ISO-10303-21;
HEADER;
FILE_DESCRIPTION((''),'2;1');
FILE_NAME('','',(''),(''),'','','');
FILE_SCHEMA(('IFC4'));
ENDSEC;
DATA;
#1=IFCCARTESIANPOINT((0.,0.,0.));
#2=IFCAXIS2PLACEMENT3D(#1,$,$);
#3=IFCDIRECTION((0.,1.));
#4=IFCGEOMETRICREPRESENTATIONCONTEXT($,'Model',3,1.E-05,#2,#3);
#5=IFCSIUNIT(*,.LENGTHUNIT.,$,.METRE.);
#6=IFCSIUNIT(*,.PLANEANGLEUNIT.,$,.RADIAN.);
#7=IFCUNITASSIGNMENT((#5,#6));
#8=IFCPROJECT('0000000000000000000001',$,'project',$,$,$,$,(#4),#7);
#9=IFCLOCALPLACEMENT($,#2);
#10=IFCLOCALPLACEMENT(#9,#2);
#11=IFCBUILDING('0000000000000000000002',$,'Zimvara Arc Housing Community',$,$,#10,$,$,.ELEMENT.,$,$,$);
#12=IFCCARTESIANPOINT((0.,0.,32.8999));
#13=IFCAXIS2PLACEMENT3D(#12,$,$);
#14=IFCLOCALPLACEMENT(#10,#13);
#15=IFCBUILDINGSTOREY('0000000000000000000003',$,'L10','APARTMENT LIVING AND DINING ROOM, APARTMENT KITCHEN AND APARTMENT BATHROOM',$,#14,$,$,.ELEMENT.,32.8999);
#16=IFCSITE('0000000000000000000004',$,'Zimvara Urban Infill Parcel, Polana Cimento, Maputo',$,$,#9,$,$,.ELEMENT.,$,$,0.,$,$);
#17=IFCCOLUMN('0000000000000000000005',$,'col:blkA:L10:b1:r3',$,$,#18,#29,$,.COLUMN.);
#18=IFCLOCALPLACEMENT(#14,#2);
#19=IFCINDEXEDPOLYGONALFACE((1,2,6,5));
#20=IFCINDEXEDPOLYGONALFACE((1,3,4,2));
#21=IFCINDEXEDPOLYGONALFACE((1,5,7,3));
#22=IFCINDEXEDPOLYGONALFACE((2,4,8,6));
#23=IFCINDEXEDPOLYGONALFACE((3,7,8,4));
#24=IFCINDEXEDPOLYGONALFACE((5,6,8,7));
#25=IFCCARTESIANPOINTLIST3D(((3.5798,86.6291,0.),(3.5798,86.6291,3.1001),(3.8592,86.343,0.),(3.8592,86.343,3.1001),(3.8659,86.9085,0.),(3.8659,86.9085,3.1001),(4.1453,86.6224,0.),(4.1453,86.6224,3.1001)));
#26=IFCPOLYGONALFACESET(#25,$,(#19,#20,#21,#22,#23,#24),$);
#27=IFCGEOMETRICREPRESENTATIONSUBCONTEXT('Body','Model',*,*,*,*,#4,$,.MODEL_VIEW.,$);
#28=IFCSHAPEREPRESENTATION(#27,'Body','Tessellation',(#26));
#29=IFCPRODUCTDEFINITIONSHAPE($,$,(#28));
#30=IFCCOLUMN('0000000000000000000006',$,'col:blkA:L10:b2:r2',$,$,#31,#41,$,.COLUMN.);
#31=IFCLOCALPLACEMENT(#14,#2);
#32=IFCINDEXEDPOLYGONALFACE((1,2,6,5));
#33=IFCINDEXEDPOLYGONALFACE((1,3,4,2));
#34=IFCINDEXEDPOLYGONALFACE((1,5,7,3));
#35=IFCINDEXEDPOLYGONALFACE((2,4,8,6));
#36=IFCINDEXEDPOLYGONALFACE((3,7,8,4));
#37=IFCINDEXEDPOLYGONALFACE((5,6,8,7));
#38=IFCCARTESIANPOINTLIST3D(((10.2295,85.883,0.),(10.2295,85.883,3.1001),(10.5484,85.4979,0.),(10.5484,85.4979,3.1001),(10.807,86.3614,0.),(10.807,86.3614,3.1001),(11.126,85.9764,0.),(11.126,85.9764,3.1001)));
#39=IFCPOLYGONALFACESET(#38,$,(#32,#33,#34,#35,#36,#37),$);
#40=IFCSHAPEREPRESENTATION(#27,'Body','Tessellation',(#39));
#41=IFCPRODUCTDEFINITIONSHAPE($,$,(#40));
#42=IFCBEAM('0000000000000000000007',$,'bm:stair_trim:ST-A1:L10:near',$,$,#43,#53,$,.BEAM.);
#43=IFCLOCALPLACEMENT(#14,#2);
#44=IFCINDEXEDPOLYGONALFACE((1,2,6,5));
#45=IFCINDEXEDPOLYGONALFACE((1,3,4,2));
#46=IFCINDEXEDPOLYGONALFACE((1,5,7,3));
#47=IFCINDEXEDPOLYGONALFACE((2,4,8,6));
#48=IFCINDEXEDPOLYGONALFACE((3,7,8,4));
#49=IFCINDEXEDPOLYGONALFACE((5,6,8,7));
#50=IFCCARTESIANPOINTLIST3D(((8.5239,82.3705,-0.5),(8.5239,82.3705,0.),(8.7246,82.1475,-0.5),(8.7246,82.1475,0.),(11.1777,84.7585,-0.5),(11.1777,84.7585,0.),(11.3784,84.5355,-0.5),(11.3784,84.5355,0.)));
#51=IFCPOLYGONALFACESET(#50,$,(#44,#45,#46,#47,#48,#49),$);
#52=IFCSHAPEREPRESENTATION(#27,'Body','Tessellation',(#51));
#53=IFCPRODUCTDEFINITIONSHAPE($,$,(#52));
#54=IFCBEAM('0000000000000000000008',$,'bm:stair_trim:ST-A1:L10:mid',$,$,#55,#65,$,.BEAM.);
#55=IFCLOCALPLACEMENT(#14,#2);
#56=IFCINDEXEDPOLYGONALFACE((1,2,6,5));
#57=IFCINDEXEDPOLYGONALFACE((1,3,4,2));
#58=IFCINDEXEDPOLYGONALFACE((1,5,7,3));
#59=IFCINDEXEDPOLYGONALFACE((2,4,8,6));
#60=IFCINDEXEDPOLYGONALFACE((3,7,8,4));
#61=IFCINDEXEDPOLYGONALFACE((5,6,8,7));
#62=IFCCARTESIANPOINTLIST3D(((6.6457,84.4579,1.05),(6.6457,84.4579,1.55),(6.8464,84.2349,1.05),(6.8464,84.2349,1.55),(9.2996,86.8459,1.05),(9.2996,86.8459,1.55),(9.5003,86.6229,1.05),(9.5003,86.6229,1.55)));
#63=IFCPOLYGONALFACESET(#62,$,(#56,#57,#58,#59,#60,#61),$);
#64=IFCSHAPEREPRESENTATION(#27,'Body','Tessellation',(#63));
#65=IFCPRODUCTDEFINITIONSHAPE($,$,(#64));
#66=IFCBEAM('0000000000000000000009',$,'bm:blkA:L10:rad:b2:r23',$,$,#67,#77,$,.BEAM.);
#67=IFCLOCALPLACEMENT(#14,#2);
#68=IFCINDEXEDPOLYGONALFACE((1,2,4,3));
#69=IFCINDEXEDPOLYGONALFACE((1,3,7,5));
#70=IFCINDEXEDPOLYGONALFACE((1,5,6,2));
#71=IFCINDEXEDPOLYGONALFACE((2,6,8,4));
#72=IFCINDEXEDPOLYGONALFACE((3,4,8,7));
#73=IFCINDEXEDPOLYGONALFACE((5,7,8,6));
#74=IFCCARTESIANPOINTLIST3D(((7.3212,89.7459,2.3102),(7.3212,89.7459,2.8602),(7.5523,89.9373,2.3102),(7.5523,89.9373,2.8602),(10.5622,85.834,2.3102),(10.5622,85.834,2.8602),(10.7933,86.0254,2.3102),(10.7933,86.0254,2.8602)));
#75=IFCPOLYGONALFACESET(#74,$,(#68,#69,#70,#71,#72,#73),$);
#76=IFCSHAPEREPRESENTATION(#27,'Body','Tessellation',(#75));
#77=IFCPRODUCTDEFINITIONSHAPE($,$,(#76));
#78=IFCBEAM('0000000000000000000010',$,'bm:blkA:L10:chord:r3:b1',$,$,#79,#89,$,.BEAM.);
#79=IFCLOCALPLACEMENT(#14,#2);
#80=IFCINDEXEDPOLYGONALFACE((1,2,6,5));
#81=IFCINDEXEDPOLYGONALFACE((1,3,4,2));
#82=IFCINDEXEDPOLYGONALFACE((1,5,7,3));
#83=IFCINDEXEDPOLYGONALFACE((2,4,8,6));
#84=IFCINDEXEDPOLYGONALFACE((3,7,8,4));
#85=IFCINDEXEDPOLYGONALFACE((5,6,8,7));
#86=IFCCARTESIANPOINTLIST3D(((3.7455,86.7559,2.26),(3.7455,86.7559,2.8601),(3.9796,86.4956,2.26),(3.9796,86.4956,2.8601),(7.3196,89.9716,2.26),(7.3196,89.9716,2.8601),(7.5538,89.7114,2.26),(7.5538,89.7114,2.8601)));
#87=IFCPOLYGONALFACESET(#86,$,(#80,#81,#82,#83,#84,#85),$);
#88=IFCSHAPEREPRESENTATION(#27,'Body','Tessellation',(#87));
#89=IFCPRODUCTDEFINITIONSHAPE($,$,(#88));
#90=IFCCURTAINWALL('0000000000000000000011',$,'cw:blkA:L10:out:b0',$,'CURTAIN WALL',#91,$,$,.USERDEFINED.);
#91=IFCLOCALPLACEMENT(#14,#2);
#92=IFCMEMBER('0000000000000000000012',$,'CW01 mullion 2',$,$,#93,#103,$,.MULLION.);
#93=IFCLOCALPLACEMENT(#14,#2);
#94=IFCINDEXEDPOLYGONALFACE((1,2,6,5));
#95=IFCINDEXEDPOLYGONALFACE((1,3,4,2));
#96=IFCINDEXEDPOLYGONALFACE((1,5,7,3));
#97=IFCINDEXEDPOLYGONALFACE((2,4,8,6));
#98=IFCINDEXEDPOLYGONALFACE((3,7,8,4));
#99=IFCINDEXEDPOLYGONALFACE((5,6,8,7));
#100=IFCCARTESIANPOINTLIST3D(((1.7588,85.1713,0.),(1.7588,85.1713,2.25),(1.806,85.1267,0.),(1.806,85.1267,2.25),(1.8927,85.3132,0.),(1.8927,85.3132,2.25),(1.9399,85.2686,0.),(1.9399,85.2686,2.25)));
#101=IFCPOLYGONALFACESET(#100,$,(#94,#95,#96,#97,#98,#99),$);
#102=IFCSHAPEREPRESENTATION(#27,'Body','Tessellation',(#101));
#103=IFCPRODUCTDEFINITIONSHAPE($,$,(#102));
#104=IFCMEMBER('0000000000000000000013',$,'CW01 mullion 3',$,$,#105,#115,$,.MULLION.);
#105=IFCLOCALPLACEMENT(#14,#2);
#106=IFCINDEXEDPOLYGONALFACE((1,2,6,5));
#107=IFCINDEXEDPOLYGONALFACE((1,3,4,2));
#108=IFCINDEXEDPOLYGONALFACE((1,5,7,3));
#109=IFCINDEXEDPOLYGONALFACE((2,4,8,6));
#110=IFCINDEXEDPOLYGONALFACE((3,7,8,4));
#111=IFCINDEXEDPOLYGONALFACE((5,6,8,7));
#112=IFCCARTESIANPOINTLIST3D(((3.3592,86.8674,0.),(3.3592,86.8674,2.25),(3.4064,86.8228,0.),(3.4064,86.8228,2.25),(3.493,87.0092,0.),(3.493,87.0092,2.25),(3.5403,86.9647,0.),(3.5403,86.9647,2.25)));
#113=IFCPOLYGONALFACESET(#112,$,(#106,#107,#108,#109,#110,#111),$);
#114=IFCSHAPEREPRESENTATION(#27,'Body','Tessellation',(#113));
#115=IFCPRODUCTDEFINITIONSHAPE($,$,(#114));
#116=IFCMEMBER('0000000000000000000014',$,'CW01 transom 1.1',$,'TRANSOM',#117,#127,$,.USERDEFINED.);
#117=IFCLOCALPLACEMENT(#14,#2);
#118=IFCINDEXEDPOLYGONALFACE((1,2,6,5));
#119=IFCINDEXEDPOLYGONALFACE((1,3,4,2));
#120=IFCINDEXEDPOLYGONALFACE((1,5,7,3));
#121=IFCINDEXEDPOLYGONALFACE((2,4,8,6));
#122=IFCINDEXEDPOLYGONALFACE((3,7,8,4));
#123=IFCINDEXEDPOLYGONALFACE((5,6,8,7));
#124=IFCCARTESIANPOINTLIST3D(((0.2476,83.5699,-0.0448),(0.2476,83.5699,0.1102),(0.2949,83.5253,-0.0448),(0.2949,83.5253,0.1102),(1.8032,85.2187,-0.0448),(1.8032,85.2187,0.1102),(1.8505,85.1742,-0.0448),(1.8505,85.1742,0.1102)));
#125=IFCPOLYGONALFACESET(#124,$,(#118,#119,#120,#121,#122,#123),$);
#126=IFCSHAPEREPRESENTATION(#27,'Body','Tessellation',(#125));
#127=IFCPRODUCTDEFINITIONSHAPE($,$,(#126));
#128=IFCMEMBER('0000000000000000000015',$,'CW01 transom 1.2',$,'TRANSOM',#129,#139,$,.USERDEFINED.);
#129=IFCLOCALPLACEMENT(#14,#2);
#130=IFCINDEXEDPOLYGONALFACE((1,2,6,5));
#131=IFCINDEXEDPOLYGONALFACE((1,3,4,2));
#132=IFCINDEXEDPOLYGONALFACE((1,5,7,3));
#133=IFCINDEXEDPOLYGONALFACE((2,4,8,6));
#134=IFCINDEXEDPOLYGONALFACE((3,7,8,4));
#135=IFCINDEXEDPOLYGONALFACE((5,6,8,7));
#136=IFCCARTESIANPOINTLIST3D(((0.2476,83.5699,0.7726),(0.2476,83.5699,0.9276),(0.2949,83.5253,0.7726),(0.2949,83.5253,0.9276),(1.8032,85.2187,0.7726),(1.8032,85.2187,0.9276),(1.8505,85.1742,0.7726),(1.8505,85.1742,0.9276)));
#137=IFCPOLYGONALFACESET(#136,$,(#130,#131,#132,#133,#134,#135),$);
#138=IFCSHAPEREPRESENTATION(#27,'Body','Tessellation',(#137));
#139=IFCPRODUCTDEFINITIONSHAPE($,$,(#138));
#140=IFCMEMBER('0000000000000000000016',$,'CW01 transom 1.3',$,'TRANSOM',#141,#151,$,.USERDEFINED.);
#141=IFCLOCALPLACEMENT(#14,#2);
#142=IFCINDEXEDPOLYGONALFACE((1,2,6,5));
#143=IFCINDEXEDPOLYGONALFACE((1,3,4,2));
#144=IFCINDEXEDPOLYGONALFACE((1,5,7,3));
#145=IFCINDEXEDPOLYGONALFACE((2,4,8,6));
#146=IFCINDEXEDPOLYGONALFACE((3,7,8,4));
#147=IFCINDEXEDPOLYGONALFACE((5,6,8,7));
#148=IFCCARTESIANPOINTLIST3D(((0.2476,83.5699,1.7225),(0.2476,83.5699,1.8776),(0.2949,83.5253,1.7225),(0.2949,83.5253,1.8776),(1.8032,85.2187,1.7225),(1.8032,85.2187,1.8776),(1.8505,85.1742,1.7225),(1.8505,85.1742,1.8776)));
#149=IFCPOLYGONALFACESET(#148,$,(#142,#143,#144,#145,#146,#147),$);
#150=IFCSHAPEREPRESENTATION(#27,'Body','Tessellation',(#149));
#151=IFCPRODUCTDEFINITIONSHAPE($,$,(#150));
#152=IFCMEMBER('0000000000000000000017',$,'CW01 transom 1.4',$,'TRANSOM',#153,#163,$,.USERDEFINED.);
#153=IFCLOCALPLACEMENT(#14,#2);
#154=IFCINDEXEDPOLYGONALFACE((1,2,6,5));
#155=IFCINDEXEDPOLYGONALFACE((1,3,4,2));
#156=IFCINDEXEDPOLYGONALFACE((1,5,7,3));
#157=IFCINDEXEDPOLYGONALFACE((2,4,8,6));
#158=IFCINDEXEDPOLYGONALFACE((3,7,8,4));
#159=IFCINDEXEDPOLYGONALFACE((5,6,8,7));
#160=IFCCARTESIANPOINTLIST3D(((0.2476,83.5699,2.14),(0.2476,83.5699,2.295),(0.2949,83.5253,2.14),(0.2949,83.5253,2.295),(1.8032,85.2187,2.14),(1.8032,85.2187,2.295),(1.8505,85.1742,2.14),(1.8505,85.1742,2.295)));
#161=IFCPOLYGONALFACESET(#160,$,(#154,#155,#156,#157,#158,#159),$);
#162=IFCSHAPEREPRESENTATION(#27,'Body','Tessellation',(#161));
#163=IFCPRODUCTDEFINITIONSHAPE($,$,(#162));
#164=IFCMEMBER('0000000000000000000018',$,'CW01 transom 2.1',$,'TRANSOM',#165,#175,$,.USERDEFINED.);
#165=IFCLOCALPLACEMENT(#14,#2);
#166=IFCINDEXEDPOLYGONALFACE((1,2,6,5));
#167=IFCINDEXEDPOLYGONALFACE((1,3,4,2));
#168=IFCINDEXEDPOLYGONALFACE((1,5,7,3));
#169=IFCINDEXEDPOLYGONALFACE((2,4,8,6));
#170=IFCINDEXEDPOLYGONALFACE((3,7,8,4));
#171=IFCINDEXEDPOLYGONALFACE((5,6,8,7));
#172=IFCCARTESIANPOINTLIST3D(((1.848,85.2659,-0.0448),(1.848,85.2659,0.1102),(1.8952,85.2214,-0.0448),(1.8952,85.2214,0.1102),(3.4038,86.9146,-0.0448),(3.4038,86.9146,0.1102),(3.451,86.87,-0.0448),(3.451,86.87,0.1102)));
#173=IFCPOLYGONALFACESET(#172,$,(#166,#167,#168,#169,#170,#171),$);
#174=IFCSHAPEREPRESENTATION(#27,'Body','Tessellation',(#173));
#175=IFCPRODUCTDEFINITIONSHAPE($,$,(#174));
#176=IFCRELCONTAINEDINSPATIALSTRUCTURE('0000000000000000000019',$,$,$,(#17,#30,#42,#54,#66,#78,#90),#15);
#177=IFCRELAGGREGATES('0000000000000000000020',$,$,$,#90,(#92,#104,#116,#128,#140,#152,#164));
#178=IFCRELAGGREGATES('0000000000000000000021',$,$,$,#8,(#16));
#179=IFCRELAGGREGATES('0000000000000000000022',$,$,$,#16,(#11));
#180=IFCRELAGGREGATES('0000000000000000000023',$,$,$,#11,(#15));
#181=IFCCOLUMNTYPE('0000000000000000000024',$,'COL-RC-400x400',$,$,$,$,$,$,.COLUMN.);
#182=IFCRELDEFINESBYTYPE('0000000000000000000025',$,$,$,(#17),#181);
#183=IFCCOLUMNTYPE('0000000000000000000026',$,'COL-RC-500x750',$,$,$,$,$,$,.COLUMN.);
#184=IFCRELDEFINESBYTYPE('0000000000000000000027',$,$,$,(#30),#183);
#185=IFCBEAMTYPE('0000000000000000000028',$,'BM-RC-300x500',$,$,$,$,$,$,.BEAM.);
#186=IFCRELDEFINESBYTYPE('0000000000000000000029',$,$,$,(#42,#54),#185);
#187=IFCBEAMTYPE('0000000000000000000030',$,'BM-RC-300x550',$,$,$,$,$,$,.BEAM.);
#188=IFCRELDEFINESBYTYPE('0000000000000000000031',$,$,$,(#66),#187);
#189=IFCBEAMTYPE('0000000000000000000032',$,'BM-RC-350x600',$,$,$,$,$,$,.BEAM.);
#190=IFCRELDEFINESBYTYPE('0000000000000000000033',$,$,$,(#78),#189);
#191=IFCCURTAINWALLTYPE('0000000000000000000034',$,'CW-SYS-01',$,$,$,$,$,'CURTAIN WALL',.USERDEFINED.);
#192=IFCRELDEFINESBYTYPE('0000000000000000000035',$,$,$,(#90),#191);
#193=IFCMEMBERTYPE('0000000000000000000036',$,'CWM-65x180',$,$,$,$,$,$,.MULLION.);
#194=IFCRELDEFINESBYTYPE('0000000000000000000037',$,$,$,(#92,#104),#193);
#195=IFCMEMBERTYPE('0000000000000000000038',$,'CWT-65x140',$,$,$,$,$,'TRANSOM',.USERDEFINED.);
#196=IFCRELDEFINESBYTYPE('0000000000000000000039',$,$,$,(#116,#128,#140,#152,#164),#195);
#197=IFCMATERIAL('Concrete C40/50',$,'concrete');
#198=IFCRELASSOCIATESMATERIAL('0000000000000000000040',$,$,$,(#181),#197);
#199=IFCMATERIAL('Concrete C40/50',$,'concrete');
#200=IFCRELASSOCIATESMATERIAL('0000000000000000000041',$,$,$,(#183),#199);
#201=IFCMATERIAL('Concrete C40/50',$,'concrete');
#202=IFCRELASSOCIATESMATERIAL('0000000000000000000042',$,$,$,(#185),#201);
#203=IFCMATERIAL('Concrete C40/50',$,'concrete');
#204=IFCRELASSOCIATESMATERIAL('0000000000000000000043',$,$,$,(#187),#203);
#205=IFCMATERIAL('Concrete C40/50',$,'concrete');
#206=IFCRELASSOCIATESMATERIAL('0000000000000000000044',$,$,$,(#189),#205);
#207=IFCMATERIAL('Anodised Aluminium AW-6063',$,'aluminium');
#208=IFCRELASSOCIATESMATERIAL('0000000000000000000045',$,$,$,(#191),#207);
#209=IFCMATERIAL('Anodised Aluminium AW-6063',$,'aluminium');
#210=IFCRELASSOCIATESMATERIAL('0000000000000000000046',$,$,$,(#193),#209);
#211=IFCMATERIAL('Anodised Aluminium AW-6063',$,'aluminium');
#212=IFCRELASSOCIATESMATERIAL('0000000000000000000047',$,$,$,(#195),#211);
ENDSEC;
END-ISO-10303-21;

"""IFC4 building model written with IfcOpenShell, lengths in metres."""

from ifc_helpers import new_model, si_unit, direction, frame, origin, origin_2d, place, context, subcontext, project, spatial, rectangle, extrude, material, material_profile, profile_set, type_object, element, aggregate, save


model = new_model("IFC4")

# Units and contexts
model_context = context("Model", 3, precision=1e-05, world=origin(), true_north=direction((0.0, 1.0)))
body_context = subcontext(model_context, "Body", "Model", "MODEL_VIEW")
ifc_project = project(units=[si_unit("LENGTHUNIT", "METRE"), si_unit("PLANEANGLEUNIT", "RADIAN")], contexts=[model_context])

# Site, building, storey
site_placement = place(None, origin())
site = spatial("IfcSite", under=ifc_project, at=site_placement, Name="Zimvara Urban Infill Parcel, Polana Cimento, Maputo", CompositionType="ELEMENT", RefElevation=0.0)
building_placement = place(site_placement, origin())
building = spatial("IfcBuilding", under=site, at=building_placement, Name="Zimvara Arc Housing Community", CompositionType="ELEMENT")
storey_placement = place(building_placement, frame((0.0, 0.0, 32.8999)))
storey = spatial("IfcBuildingStorey", under=building, at=storey_placement, Name="L10", Description="APARTMENT LIVING AND DINING ROOM, APARTMENT KITCHEN AND APARTMENT BATHROOM", CompositionType="ELEMENT", Elevation=32.8999)

# Columns
ifc_material_1 = material(Name="Concrete C40/50", Category="concrete")
ifc_material_profile_1 = material_profile(ifc_material_1, rectangle(XDim=0.3999, YDim=0.3999, at=origin_2d()), Name="RC 400x400")
ifc_profile_set_1 = profile_set([ifc_material_profile_1], Name="Concrete C40/50")
column_type_1 = type_object("IfcColumnType", Name="COL-RC-400x400", PredefinedType="COLUMN", material=ifc_profile_set_1)
column_1_placement = place(storey_placement, frame((3.8625, 86.6257, 0.0), z_axis=(0.0, 0.0, 1.0), x_axis=(-0.698665, 0.715449, 0.0)))
element("IfcColumn", 1, at=column_1_placement, inside=storey, type_object=column_type_1, Name="col:blkA:L10:b1:r3", PredefinedType="COLUMN", context=body_context, shape_type="SweptSolid", body=[
    extrude(rectangle(XDim=0.3999, YDim=0.3999, at=origin_2d()), origin(), (0.0, 0.0, 1.0), 3.1001),
])
ifc_material_2 = material(Name="Concrete C40/50", Category="concrete")
ifc_material_profile_2 = material_profile(ifc_material_2, rectangle(XDim=0.5, YDim=0.75, at=origin_2d()), Name="RC 500x750")
ifc_profile_set_2 = profile_set([ifc_material_profile_2], Name="Concrete C40/50")
column_type_2 = type_object("IfcColumnType", Name="COL-RC-500x750", PredefinedType="COLUMN", material=ifc_profile_set_2)
column_2_placement = place(storey_placement, frame((10.6777, 85.9297, 0.0), z_axis=(0.0, 0.0, 1.0), x_axis=(-0.637962, 0.770068, 0.0)))
element("IfcColumn", 2, at=column_2_placement, inside=storey, type_object=column_type_2, Name="col:blkA:L10:b2:r2", PredefinedType="COLUMN", context=body_context, shape_type="SweptSolid", body=[
    extrude(rectangle(XDim=0.5, YDim=0.75, at=origin_2d()), origin(), (0.0, 0.0, 1.0), 3.1001),
])

# Beams
ifc_material_3 = material(Name="Concrete C40/50", Category="concrete")
ifc_material_profile_3 = material_profile(ifc_material_3, rectangle(XDim=0.3, YDim=0.5, at=origin_2d()), Name="RC 300x500")
ifc_profile_set_3 = profile_set([ifc_material_profile_3], Name="Concrete C40/50")
beam_type_1 = type_object("IfcBeamType", Name="BM-RC-300x500", PredefinedType="BEAM", material=ifc_profile_set_3)
for number, where, z_axis, x_axis, name in (
    (3, (11.2781, 84.647, -0.25), (-0.743362, -0.668889, 0.0), (0.668889, -0.743362, 0.0), "bm:stair_trim:ST-A1:L10:near"),
    (4, (9.3999, 86.7344, 1.3), (-0.743362, -0.668889, 0.0), (0.668889, -0.743362, 0.0), "bm:stair_trim:ST-A1:L10:mid"),
):
    element("IfcBeam", number, at=place(storey_placement, frame(where, z_axis=z_axis, x_axis=x_axis)), inside=storey, type_object=beam_type_1, Name=name, PredefinedType="BEAM", context=body_context, shape_type="SweptSolid", body=[
        extrude(rectangle(XDim=0.3, YDim=0.5, at=origin_2d()), origin(), (0.0, 0.0, 1.0), 3.5701),
    ])
ifc_material_4 = material(Name="Concrete C40/50", Category="concrete")
ifc_material_profile_4 = material_profile(ifc_material_4, rectangle(XDim=0.3, YDim=0.55, at=origin_2d()), Name="RC 300x550")
ifc_profile_set_4 = profile_set([ifc_material_profile_4], Name="Concrete C40/50")
beam_type_2 = type_object("IfcBeamType", Name="BM-RC-300x550", PredefinedType="BEAM", material=ifc_profile_set_4)
beam_1_placement = place(storey_placement, frame((10.6777, 85.9297, 2.5852), z_axis=(-0.637984, 0.77005, 0.0), x_axis=(-0.77005, -0.637984, 0.0)))
element("IfcBeam", 5, at=beam_1_placement, inside=storey, type_object=beam_type_2, Name="bm:blkA:L10:rad:b2:r23", PredefinedType="BEAM", context=body_context, shape_type="SweptSolid", body=[
    extrude(rectangle(XDim=0.3, YDim=0.55, at=origin_2d()), origin(), (0.0, 0.0, 1.0), 5.0801),
])
ifc_material_5 = material(Name="Concrete C40/50", Category="concrete")
ifc_material_profile_5 = material_profile(ifc_material_5, rectangle(XDim=0.3501, YDim=0.6001, at=origin_2d()), Name="RC 350x600")
ifc_profile_set_5 = profile_set([ifc_material_profile_5], Name="Concrete C40/50")
beam_type_3 = type_object("IfcBeamType", Name="BM-RC-350x600", PredefinedType="BEAM", material=ifc_profile_set_5)
beam_2_placement = place(storey_placement, frame((3.8625, 86.6257, 2.5601), z_axis=(0.743395, 0.668853, 0.0), x_axis=(-0.668853, 0.743395, 0.0)))
element("IfcBeam", 6, at=beam_2_placement, inside=storey, type_object=beam_type_3, Name="bm:blkA:L10:chord:r3:b1", PredefinedType="BEAM", context=body_context, shape_type="SweptSolid", body=[
    extrude(rectangle(XDim=0.3501, YDim=0.6001, at=origin_2d()), origin(), (0.0, 0.0, 1.0), 4.8079),
])

# Curtain wall, members
ifc_material_6 = material(Name="Anodised Aluminium AW-6063", Category="aluminium")
curtain_wall_type = type_object("IfcCurtainWallType", Name="CW-SYS-01", ElementType="CURTAIN WALL", PredefinedType="USERDEFINED", material=ifc_material_6)
curtain_wall_placement = place(storey_placement, origin())
curtain_wall = element("IfcCurtainWall", 7, at=curtain_wall_placement, inside=storey, type_object=curtain_wall_type, Name="cw:blkA:L10:out:b0", ObjectType="CURTAIN WALL", PredefinedType="USERDEFINED")
ifc_material_7 = material(Name="Anodised Aluminium AW-6063", Category="aluminium")
ifc_material_profile_6 = material_profile(ifc_material_7, rectangle(XDim=0.0649, YDim=0.1951, at=origin_2d()), Name="ALU 65x195")
ifc_profile_set_6 = profile_set([ifc_material_profile_6], Name="Anodised Aluminium AW-6063")
member_type_1 = type_object("IfcMemberType", Name="CWM-65x180", PredefinedType="MULLION", material=ifc_profile_set_6)
member_1_placement = place(storey_placement, frame((1.8494, 85.22, 0.0), z_axis=(0.0, 0.0, 1.0), x_axis=(-0.727294, 0.686326, 0.0)))
member_1 = element("IfcMember", 8, at=member_1_placement, type_object=member_type_1, Name="CW01 mullion 2", PredefinedType="MULLION", context=body_context, shape_type="SweptSolid", body=[
    extrude(rectangle(XDim=0.0649, YDim=0.1951, at=origin_2d()), origin(), (0.0, 0.0, 1.0), 2.25),
])
member_2_placement = place(storey_placement, frame((3.4497, 86.916, 0.0), z_axis=(0.0, 0.0, 1.0), x_axis=(-0.727294, 0.686326, 0.0)))
member_2 = element("IfcMember", 9, at=member_2_placement, type_object=member_type_1, Name="CW01 mullion 3", PredefinedType="MULLION", context=body_context, shape_type="SweptSolid", body=[
    extrude(rectangle(XDim=0.0649, YDim=0.1951, at=origin_2d()), origin(), (0.0, 0.0, 1.0), 2.25),
])
ifc_material_8 = material(Name="Anodised Aluminium AW-6063", Category="aluminium")
ifc_material_profile_7 = material_profile(ifc_material_8, rectangle(XDim=0.0649, YDim=0.155, at=origin_2d()), Name="ALU 65x155")
ifc_profile_set_7 = profile_set([ifc_material_profile_7], Name="Anodised Aluminium AW-6063")
member_type_2 = type_object("IfcMemberType", Name="CWT-65x140", ElementType="TRANSOM", PredefinedType="USERDEFINED", material=ifc_profile_set_7)
member_3_placement = place(storey_placement, frame((0.2712, 83.5476, 0.0327), z_axis=(0.686238, 0.727377, 0.0), x_axis=(-0.727377, 0.686238, 0.0)))
member_3 = element("IfcMember", 10, at=member_3_placement, type_object=member_type_2, Name="CW01 transom 1.1", ObjectType="TRANSOM", PredefinedType="USERDEFINED", context=body_context, shape_type="SweptSolid", body=[
    extrude(rectangle(XDim=0.0649, YDim=0.155, at=origin_2d()), origin(), (0.0, 0.0, 1.0), 2.2668),
])
member_4_placement = place(storey_placement, frame((0.2712, 83.5476, 0.8501), z_axis=(0.686238, 0.727377, 0.0), x_axis=(-0.727377, 0.686238, 0.0)))
member_4 = element("IfcMember", 11, at=member_4_placement, type_object=member_type_2, Name="CW01 transom 1.2", ObjectType="TRANSOM", PredefinedType="USERDEFINED", context=body_context, shape_type="SweptSolid", body=[
    extrude(rectangle(XDim=0.0649, YDim=0.155, at=origin_2d()), origin(), (0.0, 0.0, 1.0), 2.2668),
])
member_5_placement = place(storey_placement, frame((0.2712, 83.5476, 1.8), z_axis=(0.686238, 0.727377, 0.0), x_axis=(-0.727377, 0.686238, 0.0)))
member_5 = element("IfcMember", 12, at=member_5_placement, type_object=member_type_2, Name="CW01 transom 1.3", ObjectType="TRANSOM", PredefinedType="USERDEFINED", context=body_context, shape_type="SweptSolid", body=[
    extrude(rectangle(XDim=0.0649, YDim=0.155, at=origin_2d()), origin(), (0.0, 0.0, 1.0), 2.2668),
])
member_6_placement = place(storey_placement, frame((0.2712, 83.5476, 2.2175), z_axis=(0.686238, 0.727377, 0.0), x_axis=(-0.727377, 0.686238, 0.0)))
member_6 = element("IfcMember", 13, at=member_6_placement, type_object=member_type_2, Name="CW01 transom 1.4", ObjectType="TRANSOM", PredefinedType="USERDEFINED", context=body_context, shape_type="SweptSolid", body=[
    extrude(rectangle(XDim=0.0649, YDim=0.155, at=origin_2d()), origin(), (0.0, 0.0, 1.0), 2.2668),
])
member_7_placement = place(storey_placement, frame((1.8716, 85.2437, 0.0327), z_axis=(0.686348, 0.727273, 0.0), x_axis=(-0.727273, 0.686348, 0.0)))
member_7 = element("IfcMember", 14, at=member_7_placement, type_object=member_type_2, Name="CW01 transom 2.1", ObjectType="TRANSOM", PredefinedType="USERDEFINED", context=body_context, shape_type="SweptSolid", body=[
    extrude(rectangle(XDim=0.0649, YDim=0.155, at=origin_2d()), origin(), (0.0, 0.0, 1.0), 2.2668),
])
aggregate(curtain_wall, [member_1, member_2, member_3, member_4, member_5, member_6, member_7])

save(model, "model.ifc")
